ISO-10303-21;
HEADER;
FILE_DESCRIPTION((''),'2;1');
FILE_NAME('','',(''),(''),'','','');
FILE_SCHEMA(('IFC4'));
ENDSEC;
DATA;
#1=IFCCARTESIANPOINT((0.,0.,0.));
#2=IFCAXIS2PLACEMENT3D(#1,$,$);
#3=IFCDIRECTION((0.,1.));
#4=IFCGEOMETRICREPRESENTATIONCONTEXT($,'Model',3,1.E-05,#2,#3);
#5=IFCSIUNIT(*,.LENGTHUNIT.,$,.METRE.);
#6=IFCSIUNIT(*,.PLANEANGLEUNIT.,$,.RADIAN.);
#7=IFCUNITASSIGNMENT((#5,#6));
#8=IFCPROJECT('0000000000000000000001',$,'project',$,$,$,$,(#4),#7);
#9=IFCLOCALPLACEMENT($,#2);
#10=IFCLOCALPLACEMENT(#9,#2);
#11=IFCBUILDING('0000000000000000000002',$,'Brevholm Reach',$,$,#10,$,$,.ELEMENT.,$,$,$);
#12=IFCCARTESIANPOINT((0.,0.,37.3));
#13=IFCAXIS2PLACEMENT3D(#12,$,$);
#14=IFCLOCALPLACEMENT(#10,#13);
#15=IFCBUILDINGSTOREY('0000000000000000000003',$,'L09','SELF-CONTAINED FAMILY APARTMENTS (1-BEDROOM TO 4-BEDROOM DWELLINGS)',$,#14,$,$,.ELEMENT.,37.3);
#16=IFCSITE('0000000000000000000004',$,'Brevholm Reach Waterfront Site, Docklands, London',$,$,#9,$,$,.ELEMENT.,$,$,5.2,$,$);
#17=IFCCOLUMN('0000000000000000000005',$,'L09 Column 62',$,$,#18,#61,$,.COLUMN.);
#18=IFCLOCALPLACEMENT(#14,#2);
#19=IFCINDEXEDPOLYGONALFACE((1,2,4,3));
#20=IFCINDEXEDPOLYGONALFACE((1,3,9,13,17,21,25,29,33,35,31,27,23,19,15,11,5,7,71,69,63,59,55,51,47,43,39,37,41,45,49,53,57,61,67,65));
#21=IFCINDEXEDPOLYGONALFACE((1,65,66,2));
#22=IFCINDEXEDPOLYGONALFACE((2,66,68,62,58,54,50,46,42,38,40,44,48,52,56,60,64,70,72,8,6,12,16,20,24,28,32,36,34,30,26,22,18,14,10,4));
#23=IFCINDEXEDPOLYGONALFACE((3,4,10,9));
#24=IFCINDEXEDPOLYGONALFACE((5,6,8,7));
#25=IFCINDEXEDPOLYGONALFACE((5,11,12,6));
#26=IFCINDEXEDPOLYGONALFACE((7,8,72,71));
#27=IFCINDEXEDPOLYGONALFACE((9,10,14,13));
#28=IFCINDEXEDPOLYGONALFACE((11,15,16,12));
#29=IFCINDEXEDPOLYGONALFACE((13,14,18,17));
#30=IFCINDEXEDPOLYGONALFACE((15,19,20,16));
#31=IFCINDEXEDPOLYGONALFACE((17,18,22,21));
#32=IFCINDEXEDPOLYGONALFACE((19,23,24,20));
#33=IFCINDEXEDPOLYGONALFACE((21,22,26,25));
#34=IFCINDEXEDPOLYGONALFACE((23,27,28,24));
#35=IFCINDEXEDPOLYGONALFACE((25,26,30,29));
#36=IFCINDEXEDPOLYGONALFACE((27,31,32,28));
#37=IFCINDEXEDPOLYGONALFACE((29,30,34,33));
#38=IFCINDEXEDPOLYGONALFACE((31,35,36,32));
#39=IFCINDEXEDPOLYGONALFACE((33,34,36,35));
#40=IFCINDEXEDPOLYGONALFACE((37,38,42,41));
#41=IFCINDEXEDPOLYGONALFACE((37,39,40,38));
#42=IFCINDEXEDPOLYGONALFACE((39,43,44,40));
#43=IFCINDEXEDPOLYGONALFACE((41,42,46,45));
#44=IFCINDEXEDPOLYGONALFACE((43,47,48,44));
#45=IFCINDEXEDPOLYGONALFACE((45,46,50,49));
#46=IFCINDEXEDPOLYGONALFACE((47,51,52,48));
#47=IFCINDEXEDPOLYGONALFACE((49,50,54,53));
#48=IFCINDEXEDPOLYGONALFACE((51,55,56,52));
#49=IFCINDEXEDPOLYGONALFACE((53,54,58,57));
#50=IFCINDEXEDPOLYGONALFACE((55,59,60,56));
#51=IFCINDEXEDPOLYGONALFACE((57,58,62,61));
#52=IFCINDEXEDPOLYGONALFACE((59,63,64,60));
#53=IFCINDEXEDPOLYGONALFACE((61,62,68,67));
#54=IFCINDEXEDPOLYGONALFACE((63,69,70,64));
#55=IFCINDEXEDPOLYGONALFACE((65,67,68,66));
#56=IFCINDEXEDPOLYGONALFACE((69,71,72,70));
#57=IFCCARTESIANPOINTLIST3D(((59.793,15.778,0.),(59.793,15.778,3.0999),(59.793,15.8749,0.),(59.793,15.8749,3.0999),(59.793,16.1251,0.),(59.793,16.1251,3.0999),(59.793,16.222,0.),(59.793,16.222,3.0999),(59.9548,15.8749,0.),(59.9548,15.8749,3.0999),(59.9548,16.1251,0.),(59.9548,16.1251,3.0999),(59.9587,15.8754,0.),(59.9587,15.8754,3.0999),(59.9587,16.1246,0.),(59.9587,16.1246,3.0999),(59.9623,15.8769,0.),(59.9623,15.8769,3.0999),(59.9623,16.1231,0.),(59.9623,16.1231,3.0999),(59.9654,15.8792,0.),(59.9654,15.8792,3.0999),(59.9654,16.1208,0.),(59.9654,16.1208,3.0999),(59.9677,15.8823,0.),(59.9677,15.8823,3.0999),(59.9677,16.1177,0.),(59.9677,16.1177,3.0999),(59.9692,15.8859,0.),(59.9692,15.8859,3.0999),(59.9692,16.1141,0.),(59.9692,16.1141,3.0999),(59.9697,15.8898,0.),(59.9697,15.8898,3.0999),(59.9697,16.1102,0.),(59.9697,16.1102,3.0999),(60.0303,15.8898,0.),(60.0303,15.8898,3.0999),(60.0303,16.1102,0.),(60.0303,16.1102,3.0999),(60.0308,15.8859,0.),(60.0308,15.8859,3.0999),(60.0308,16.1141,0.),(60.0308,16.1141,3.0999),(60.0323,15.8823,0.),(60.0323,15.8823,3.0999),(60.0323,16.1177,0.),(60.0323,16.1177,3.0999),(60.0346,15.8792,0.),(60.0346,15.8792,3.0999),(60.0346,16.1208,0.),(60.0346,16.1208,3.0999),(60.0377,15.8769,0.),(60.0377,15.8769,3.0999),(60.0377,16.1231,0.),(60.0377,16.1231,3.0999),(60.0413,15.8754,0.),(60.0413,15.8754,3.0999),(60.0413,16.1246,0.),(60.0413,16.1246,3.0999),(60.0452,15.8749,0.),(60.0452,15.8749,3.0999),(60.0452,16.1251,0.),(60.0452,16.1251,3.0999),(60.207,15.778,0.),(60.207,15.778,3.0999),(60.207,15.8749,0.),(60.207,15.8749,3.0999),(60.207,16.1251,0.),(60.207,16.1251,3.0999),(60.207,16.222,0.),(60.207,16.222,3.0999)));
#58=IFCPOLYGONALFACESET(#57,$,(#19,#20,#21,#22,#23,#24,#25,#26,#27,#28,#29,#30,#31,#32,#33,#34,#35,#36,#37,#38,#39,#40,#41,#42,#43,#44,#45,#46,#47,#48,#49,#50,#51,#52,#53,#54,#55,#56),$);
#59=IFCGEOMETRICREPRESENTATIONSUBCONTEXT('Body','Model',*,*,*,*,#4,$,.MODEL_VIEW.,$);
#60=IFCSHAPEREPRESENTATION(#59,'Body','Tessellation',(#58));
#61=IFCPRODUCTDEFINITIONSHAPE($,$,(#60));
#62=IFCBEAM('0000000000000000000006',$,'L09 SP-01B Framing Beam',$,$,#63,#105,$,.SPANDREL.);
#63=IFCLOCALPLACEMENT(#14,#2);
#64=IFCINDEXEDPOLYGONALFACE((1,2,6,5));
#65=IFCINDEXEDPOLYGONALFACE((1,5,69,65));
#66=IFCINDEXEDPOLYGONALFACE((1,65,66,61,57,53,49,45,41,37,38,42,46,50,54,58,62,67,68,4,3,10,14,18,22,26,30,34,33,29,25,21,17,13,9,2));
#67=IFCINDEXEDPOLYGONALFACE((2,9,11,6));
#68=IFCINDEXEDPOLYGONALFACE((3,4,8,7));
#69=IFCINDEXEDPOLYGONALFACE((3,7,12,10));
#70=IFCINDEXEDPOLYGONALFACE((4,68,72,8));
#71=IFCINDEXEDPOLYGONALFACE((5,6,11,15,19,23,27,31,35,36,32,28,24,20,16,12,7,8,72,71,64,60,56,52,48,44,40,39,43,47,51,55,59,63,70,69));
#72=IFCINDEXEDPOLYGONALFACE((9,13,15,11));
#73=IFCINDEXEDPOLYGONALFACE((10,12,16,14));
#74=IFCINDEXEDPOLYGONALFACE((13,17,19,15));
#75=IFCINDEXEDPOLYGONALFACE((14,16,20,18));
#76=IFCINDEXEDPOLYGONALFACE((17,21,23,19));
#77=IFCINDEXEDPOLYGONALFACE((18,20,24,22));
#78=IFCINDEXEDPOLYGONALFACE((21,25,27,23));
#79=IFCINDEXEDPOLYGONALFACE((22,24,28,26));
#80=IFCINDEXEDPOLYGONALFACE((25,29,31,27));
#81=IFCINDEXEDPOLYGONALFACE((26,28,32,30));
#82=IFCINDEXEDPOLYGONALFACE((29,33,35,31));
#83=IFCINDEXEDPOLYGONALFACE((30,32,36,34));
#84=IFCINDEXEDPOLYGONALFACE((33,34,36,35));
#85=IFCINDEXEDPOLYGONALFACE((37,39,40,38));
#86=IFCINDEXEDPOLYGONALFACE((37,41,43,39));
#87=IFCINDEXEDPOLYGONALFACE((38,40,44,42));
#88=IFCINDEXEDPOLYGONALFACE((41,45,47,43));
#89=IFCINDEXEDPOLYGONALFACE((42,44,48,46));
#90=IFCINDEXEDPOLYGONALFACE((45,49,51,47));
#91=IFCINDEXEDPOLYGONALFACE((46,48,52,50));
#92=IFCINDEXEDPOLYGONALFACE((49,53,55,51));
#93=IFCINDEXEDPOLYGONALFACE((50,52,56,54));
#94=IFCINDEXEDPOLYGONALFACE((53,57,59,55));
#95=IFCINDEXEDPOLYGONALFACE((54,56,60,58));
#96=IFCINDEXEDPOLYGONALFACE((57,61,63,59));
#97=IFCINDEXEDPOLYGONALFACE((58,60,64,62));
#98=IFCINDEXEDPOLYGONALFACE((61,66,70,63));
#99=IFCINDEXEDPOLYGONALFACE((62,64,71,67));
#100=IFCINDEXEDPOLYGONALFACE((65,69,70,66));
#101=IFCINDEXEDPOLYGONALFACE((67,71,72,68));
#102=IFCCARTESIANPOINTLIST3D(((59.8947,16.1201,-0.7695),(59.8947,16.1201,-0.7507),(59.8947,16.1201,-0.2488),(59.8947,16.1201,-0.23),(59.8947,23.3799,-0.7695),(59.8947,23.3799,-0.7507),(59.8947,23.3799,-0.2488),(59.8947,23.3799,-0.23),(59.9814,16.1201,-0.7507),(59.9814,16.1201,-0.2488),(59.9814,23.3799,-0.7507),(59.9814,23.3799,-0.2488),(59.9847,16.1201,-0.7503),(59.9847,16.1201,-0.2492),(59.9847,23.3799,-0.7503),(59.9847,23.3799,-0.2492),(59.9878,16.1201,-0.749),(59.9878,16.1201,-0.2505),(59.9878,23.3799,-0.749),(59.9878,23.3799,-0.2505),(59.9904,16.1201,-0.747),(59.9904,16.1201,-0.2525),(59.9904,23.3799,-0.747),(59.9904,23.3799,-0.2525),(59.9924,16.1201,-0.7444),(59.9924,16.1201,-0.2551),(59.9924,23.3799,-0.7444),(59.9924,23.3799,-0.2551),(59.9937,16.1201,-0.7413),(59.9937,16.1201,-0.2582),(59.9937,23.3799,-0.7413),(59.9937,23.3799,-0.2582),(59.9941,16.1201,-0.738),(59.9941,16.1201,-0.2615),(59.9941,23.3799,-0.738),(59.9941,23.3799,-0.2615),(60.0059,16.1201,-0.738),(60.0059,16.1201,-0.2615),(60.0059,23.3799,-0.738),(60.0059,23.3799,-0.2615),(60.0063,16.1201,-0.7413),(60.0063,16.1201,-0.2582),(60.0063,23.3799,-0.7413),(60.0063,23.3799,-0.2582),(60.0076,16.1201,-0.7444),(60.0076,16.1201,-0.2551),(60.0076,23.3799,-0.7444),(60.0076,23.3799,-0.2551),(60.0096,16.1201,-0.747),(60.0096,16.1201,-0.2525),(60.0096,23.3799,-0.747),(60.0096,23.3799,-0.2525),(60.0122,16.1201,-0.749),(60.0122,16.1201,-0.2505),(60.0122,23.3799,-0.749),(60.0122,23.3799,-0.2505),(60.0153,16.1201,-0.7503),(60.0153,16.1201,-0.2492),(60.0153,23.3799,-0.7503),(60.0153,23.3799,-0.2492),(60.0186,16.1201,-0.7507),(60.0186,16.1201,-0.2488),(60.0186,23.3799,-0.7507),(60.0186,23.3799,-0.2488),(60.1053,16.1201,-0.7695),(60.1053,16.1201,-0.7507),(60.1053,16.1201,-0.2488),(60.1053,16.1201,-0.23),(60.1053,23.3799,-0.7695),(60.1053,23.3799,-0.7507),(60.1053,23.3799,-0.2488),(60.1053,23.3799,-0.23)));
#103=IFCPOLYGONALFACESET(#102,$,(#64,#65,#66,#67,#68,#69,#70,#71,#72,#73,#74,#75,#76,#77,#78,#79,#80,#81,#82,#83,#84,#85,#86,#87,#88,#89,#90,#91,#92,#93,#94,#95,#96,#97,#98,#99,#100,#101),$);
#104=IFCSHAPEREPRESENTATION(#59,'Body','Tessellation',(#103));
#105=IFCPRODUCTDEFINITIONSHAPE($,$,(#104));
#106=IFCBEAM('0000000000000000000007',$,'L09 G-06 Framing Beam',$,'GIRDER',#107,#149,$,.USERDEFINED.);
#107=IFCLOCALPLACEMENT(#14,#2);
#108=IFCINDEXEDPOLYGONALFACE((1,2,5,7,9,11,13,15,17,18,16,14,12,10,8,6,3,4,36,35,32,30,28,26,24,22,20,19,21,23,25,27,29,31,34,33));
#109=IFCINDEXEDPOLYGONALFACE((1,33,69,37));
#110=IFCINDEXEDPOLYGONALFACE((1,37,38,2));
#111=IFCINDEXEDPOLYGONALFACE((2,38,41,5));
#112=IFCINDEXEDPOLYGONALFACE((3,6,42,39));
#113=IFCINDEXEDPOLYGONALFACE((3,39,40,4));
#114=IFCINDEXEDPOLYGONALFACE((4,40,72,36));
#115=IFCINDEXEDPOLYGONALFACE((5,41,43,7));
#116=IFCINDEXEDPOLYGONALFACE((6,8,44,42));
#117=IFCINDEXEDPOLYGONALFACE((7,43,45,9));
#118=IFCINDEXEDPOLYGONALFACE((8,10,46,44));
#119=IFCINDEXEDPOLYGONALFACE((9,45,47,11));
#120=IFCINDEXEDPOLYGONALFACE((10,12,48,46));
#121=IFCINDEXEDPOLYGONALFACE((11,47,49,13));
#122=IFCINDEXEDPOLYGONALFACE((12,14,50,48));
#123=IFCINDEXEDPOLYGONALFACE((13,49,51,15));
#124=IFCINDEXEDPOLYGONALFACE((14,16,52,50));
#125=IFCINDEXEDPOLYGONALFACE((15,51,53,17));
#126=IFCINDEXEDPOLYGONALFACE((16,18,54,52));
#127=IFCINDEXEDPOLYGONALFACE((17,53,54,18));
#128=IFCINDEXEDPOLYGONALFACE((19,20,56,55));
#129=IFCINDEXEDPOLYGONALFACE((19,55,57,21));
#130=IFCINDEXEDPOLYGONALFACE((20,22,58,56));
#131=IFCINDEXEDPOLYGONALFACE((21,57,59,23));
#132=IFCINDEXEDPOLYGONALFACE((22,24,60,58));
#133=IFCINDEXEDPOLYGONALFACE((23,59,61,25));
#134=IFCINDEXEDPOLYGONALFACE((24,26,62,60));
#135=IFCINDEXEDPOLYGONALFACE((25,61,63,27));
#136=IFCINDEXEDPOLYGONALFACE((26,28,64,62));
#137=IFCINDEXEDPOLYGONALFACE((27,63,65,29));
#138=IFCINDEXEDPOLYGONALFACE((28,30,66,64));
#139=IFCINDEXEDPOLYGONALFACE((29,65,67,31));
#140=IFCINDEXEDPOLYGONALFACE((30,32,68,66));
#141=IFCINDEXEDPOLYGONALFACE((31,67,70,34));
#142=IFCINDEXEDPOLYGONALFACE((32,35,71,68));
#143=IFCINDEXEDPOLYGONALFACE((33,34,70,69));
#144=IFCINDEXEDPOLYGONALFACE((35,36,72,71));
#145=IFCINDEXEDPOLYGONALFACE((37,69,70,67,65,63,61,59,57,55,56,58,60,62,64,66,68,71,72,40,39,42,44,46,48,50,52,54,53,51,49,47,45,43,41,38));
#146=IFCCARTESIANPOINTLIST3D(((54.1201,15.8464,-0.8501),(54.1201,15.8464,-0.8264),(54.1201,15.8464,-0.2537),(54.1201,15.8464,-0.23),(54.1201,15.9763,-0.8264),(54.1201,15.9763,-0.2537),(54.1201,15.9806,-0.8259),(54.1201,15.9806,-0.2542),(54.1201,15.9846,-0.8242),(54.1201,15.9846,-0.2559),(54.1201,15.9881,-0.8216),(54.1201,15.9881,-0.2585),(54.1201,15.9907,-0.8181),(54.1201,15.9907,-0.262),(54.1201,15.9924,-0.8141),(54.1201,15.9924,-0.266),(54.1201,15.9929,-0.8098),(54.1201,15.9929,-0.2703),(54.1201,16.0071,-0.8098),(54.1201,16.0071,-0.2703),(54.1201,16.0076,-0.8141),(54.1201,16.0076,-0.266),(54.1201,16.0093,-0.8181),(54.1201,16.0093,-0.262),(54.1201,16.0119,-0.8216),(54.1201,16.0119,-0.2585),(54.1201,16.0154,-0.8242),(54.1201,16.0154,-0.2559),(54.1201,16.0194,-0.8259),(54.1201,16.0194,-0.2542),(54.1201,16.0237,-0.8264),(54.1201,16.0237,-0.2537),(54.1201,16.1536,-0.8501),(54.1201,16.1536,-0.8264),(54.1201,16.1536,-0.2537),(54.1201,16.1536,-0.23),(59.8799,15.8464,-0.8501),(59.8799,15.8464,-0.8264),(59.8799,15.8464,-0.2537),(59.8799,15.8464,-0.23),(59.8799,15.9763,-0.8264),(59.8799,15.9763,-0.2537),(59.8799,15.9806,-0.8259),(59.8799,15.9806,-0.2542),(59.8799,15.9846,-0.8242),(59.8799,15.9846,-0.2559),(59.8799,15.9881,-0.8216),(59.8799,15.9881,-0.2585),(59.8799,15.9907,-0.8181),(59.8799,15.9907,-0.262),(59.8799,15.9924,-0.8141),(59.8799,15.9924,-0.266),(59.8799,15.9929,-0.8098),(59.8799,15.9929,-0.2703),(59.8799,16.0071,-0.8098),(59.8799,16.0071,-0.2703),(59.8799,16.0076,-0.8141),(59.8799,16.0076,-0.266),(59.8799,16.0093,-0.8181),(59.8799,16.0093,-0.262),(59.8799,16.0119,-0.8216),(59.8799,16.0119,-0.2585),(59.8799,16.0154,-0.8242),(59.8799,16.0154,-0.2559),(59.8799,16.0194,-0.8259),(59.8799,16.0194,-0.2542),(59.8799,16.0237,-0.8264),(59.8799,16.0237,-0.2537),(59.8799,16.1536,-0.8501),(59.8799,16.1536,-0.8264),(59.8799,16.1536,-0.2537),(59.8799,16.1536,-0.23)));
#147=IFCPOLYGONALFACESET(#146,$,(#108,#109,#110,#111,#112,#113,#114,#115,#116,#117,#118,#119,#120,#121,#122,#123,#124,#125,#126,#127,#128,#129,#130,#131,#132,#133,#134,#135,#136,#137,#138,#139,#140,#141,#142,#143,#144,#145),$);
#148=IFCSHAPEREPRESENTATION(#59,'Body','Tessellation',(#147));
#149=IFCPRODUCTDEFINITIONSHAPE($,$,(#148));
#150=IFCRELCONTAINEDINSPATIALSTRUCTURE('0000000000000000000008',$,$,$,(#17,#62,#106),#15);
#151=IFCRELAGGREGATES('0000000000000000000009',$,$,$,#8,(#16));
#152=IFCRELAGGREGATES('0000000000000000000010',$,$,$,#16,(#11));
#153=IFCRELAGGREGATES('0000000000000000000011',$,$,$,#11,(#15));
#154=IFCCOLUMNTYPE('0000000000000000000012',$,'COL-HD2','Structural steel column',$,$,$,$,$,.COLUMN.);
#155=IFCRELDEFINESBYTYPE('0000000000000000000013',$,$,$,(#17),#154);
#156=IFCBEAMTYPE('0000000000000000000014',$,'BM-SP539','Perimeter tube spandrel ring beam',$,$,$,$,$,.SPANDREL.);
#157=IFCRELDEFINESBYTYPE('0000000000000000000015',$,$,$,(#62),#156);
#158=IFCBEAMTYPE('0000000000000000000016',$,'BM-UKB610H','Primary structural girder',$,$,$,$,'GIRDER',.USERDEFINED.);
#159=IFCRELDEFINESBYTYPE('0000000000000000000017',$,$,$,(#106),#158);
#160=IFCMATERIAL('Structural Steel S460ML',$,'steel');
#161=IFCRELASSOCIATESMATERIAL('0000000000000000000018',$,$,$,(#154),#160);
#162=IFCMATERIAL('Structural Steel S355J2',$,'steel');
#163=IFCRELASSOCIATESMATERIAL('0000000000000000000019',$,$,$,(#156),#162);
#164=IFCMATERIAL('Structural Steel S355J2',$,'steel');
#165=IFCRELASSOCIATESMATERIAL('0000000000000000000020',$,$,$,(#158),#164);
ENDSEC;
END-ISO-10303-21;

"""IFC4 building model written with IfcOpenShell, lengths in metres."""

from ifc_helpers import new_model, si_unit, direction, frame, origin, origin_2d, place, context, subcontext, project, spatial, i_section, extrude, material, material_profile, profile_set, type_object, element, save


model = new_model("IFC4")

# Units and contexts
model_context = context("Model", 3, precision=1e-05, world=origin(), true_north=direction((0.0, 1.0)))
body_context = subcontext(model_context, "Body", "Model", "MODEL_VIEW")
ifc_project = project(units=[si_unit("LENGTHUNIT", "METRE"), si_unit("PLANEANGLEUNIT", "RADIAN")], contexts=[model_context])

# Site, building, storey
site_placement = place(None, origin())
site = spatial("IfcSite", under=ifc_project, at=site_placement, Name="Brevholm Reach Waterfront Site, Docklands, London", CompositionType="ELEMENT", RefElevation=5.2)
building_placement = place(site_placement, origin())
building = spatial("IfcBuilding", under=site, at=building_placement, Name="Brevholm Reach", CompositionType="ELEMENT")
storey_placement = place(building_placement, frame((0.0, 0.0, 37.3)))
storey = spatial("IfcBuildingStorey", under=building, at=storey_placement, Name="L09", Description="SELF-CONTAINED FAMILY APARTMENTS (1-BEDROOM TO 4-BEDROOM DWELLINGS)", CompositionType="ELEMENT", Elevation=37.3)

# Column
ifc_material_1 = material(Name="Structural Steel S460ML", Category="steel")
ifc_material_profile_1 = material_profile(ifc_material_1, i_section(OverallWidth=0.4141, OverallDepth=0.4441, WebThickness=0.0605, FlangeThickness=0.0969, FilletRadius=0.0149, at=origin_2d()), Name="HD 400x818")
ifc_profile_set_1 = profile_set([ifc_material_profile_1], Name="Structural Steel S460ML")
column_type = type_object("IfcColumnType", Name="COL-HD2", Description="Structural steel column", PredefinedType="COLUMN", material=ifc_profile_set_1)
column_placement = place(storey_placement, frame((60.0, 16.0, 0.0), z_axis=(0.0, 0.0, 1.0), x_axis=(1.0, 0.0, 0.0)))
element("IfcColumn", 1, at=column_placement, inside=storey, type_object=column_type, Name="L09 Column 62", PredefinedType="COLUMN", context=body_context, shape_type="SweptSolid", body=[
    extrude(i_section(OverallWidth=0.4141, OverallDepth=0.4441, WebThickness=0.0605, FlangeThickness=0.0969, FilletRadius=0.0149, at=origin_2d()), origin(), (0.0, 0.0, 1.0), 3.0999),
])

# Beams
ifc_material_2 = material(Name="Structural Steel S355J2", Category="steel")
ifc_material_profile_2 = material_profile(ifc_material_2, i_section(OverallWidth=0.2107, OverallDepth=0.5396, WebThickness=0.0117, FlangeThickness=0.0188, FilletRadius=0.0127, at=origin_2d()), Name="UKB 533x210x109")
ifc_profile_set_2 = profile_set([ifc_material_profile_2], Name="Structural Steel S355J2")
beam_type_1 = type_object("IfcBeamType", Name="BM-SP539", Description="Perimeter tube spandrel ring beam", PredefinedType="SPANDREL", material=ifc_profile_set_2)
beam_1_placement = place(storey_placement, frame((60.0, 16.1201, -0.4998), z_axis=(0.0, 1.0, 0.0), x_axis=(-1.0, 0.0, 0.0)))
element("IfcBeam", 2, at=beam_1_placement, inside=storey, type_object=beam_type_1, Name="L09 SP-01B Framing Beam", PredefinedType="SPANDREL", context=body_context, shape_type="SweptSolid", body=[
    extrude(i_section(OverallWidth=0.2107, OverallDepth=0.5396, WebThickness=0.0117, FlangeThickness=0.0188, FilletRadius=0.0127, at=origin_2d()), origin(), (0.0, 0.0, 1.0), 7.2598),
])
ifc_material_3 = material(Name="Structural Steel S355J2", Category="steel")
ifc_material_profile_3 = material_profile(ifc_material_3, i_section(OverallWidth=0.3071, OverallDepth=0.6201, WebThickness=0.0142, FlangeThickness=0.0237, FilletRadius=0.0166, at=origin_2d()), Name="UKB 610x305x179")
ifc_profile_set_3 = profile_set([ifc_material_profile_3], Name="Structural Steel S355J2")
beam_type_2 = type_object("IfcBeamType", Name="BM-UKB610H", Description="Primary structural girder", ElementType="GIRDER", PredefinedType="USERDEFINED", material=ifc_profile_set_3)
beam_2_placement = place(storey_placement, frame((54.1201, 16.0, -0.54), z_axis=(1.0, 0.0, 0.0), x_axis=(0.0, 1.0, 0.0)))
element("IfcBeam", 3, at=beam_2_placement, inside=storey, type_object=beam_type_2, Name="L09 G-06 Framing Beam", ObjectType="GIRDER", PredefinedType="USERDEFINED", context=body_context, shape_type="SweptSolid", body=[
    extrude(i_section(OverallWidth=0.3071, OverallDepth=0.6201, WebThickness=0.0142, FlangeThickness=0.0237, FilletRadius=0.0166, at=origin_2d()), origin(), (0.0, 0.0, 1.0), 5.7598),
])

save(model, "model.ifc")
